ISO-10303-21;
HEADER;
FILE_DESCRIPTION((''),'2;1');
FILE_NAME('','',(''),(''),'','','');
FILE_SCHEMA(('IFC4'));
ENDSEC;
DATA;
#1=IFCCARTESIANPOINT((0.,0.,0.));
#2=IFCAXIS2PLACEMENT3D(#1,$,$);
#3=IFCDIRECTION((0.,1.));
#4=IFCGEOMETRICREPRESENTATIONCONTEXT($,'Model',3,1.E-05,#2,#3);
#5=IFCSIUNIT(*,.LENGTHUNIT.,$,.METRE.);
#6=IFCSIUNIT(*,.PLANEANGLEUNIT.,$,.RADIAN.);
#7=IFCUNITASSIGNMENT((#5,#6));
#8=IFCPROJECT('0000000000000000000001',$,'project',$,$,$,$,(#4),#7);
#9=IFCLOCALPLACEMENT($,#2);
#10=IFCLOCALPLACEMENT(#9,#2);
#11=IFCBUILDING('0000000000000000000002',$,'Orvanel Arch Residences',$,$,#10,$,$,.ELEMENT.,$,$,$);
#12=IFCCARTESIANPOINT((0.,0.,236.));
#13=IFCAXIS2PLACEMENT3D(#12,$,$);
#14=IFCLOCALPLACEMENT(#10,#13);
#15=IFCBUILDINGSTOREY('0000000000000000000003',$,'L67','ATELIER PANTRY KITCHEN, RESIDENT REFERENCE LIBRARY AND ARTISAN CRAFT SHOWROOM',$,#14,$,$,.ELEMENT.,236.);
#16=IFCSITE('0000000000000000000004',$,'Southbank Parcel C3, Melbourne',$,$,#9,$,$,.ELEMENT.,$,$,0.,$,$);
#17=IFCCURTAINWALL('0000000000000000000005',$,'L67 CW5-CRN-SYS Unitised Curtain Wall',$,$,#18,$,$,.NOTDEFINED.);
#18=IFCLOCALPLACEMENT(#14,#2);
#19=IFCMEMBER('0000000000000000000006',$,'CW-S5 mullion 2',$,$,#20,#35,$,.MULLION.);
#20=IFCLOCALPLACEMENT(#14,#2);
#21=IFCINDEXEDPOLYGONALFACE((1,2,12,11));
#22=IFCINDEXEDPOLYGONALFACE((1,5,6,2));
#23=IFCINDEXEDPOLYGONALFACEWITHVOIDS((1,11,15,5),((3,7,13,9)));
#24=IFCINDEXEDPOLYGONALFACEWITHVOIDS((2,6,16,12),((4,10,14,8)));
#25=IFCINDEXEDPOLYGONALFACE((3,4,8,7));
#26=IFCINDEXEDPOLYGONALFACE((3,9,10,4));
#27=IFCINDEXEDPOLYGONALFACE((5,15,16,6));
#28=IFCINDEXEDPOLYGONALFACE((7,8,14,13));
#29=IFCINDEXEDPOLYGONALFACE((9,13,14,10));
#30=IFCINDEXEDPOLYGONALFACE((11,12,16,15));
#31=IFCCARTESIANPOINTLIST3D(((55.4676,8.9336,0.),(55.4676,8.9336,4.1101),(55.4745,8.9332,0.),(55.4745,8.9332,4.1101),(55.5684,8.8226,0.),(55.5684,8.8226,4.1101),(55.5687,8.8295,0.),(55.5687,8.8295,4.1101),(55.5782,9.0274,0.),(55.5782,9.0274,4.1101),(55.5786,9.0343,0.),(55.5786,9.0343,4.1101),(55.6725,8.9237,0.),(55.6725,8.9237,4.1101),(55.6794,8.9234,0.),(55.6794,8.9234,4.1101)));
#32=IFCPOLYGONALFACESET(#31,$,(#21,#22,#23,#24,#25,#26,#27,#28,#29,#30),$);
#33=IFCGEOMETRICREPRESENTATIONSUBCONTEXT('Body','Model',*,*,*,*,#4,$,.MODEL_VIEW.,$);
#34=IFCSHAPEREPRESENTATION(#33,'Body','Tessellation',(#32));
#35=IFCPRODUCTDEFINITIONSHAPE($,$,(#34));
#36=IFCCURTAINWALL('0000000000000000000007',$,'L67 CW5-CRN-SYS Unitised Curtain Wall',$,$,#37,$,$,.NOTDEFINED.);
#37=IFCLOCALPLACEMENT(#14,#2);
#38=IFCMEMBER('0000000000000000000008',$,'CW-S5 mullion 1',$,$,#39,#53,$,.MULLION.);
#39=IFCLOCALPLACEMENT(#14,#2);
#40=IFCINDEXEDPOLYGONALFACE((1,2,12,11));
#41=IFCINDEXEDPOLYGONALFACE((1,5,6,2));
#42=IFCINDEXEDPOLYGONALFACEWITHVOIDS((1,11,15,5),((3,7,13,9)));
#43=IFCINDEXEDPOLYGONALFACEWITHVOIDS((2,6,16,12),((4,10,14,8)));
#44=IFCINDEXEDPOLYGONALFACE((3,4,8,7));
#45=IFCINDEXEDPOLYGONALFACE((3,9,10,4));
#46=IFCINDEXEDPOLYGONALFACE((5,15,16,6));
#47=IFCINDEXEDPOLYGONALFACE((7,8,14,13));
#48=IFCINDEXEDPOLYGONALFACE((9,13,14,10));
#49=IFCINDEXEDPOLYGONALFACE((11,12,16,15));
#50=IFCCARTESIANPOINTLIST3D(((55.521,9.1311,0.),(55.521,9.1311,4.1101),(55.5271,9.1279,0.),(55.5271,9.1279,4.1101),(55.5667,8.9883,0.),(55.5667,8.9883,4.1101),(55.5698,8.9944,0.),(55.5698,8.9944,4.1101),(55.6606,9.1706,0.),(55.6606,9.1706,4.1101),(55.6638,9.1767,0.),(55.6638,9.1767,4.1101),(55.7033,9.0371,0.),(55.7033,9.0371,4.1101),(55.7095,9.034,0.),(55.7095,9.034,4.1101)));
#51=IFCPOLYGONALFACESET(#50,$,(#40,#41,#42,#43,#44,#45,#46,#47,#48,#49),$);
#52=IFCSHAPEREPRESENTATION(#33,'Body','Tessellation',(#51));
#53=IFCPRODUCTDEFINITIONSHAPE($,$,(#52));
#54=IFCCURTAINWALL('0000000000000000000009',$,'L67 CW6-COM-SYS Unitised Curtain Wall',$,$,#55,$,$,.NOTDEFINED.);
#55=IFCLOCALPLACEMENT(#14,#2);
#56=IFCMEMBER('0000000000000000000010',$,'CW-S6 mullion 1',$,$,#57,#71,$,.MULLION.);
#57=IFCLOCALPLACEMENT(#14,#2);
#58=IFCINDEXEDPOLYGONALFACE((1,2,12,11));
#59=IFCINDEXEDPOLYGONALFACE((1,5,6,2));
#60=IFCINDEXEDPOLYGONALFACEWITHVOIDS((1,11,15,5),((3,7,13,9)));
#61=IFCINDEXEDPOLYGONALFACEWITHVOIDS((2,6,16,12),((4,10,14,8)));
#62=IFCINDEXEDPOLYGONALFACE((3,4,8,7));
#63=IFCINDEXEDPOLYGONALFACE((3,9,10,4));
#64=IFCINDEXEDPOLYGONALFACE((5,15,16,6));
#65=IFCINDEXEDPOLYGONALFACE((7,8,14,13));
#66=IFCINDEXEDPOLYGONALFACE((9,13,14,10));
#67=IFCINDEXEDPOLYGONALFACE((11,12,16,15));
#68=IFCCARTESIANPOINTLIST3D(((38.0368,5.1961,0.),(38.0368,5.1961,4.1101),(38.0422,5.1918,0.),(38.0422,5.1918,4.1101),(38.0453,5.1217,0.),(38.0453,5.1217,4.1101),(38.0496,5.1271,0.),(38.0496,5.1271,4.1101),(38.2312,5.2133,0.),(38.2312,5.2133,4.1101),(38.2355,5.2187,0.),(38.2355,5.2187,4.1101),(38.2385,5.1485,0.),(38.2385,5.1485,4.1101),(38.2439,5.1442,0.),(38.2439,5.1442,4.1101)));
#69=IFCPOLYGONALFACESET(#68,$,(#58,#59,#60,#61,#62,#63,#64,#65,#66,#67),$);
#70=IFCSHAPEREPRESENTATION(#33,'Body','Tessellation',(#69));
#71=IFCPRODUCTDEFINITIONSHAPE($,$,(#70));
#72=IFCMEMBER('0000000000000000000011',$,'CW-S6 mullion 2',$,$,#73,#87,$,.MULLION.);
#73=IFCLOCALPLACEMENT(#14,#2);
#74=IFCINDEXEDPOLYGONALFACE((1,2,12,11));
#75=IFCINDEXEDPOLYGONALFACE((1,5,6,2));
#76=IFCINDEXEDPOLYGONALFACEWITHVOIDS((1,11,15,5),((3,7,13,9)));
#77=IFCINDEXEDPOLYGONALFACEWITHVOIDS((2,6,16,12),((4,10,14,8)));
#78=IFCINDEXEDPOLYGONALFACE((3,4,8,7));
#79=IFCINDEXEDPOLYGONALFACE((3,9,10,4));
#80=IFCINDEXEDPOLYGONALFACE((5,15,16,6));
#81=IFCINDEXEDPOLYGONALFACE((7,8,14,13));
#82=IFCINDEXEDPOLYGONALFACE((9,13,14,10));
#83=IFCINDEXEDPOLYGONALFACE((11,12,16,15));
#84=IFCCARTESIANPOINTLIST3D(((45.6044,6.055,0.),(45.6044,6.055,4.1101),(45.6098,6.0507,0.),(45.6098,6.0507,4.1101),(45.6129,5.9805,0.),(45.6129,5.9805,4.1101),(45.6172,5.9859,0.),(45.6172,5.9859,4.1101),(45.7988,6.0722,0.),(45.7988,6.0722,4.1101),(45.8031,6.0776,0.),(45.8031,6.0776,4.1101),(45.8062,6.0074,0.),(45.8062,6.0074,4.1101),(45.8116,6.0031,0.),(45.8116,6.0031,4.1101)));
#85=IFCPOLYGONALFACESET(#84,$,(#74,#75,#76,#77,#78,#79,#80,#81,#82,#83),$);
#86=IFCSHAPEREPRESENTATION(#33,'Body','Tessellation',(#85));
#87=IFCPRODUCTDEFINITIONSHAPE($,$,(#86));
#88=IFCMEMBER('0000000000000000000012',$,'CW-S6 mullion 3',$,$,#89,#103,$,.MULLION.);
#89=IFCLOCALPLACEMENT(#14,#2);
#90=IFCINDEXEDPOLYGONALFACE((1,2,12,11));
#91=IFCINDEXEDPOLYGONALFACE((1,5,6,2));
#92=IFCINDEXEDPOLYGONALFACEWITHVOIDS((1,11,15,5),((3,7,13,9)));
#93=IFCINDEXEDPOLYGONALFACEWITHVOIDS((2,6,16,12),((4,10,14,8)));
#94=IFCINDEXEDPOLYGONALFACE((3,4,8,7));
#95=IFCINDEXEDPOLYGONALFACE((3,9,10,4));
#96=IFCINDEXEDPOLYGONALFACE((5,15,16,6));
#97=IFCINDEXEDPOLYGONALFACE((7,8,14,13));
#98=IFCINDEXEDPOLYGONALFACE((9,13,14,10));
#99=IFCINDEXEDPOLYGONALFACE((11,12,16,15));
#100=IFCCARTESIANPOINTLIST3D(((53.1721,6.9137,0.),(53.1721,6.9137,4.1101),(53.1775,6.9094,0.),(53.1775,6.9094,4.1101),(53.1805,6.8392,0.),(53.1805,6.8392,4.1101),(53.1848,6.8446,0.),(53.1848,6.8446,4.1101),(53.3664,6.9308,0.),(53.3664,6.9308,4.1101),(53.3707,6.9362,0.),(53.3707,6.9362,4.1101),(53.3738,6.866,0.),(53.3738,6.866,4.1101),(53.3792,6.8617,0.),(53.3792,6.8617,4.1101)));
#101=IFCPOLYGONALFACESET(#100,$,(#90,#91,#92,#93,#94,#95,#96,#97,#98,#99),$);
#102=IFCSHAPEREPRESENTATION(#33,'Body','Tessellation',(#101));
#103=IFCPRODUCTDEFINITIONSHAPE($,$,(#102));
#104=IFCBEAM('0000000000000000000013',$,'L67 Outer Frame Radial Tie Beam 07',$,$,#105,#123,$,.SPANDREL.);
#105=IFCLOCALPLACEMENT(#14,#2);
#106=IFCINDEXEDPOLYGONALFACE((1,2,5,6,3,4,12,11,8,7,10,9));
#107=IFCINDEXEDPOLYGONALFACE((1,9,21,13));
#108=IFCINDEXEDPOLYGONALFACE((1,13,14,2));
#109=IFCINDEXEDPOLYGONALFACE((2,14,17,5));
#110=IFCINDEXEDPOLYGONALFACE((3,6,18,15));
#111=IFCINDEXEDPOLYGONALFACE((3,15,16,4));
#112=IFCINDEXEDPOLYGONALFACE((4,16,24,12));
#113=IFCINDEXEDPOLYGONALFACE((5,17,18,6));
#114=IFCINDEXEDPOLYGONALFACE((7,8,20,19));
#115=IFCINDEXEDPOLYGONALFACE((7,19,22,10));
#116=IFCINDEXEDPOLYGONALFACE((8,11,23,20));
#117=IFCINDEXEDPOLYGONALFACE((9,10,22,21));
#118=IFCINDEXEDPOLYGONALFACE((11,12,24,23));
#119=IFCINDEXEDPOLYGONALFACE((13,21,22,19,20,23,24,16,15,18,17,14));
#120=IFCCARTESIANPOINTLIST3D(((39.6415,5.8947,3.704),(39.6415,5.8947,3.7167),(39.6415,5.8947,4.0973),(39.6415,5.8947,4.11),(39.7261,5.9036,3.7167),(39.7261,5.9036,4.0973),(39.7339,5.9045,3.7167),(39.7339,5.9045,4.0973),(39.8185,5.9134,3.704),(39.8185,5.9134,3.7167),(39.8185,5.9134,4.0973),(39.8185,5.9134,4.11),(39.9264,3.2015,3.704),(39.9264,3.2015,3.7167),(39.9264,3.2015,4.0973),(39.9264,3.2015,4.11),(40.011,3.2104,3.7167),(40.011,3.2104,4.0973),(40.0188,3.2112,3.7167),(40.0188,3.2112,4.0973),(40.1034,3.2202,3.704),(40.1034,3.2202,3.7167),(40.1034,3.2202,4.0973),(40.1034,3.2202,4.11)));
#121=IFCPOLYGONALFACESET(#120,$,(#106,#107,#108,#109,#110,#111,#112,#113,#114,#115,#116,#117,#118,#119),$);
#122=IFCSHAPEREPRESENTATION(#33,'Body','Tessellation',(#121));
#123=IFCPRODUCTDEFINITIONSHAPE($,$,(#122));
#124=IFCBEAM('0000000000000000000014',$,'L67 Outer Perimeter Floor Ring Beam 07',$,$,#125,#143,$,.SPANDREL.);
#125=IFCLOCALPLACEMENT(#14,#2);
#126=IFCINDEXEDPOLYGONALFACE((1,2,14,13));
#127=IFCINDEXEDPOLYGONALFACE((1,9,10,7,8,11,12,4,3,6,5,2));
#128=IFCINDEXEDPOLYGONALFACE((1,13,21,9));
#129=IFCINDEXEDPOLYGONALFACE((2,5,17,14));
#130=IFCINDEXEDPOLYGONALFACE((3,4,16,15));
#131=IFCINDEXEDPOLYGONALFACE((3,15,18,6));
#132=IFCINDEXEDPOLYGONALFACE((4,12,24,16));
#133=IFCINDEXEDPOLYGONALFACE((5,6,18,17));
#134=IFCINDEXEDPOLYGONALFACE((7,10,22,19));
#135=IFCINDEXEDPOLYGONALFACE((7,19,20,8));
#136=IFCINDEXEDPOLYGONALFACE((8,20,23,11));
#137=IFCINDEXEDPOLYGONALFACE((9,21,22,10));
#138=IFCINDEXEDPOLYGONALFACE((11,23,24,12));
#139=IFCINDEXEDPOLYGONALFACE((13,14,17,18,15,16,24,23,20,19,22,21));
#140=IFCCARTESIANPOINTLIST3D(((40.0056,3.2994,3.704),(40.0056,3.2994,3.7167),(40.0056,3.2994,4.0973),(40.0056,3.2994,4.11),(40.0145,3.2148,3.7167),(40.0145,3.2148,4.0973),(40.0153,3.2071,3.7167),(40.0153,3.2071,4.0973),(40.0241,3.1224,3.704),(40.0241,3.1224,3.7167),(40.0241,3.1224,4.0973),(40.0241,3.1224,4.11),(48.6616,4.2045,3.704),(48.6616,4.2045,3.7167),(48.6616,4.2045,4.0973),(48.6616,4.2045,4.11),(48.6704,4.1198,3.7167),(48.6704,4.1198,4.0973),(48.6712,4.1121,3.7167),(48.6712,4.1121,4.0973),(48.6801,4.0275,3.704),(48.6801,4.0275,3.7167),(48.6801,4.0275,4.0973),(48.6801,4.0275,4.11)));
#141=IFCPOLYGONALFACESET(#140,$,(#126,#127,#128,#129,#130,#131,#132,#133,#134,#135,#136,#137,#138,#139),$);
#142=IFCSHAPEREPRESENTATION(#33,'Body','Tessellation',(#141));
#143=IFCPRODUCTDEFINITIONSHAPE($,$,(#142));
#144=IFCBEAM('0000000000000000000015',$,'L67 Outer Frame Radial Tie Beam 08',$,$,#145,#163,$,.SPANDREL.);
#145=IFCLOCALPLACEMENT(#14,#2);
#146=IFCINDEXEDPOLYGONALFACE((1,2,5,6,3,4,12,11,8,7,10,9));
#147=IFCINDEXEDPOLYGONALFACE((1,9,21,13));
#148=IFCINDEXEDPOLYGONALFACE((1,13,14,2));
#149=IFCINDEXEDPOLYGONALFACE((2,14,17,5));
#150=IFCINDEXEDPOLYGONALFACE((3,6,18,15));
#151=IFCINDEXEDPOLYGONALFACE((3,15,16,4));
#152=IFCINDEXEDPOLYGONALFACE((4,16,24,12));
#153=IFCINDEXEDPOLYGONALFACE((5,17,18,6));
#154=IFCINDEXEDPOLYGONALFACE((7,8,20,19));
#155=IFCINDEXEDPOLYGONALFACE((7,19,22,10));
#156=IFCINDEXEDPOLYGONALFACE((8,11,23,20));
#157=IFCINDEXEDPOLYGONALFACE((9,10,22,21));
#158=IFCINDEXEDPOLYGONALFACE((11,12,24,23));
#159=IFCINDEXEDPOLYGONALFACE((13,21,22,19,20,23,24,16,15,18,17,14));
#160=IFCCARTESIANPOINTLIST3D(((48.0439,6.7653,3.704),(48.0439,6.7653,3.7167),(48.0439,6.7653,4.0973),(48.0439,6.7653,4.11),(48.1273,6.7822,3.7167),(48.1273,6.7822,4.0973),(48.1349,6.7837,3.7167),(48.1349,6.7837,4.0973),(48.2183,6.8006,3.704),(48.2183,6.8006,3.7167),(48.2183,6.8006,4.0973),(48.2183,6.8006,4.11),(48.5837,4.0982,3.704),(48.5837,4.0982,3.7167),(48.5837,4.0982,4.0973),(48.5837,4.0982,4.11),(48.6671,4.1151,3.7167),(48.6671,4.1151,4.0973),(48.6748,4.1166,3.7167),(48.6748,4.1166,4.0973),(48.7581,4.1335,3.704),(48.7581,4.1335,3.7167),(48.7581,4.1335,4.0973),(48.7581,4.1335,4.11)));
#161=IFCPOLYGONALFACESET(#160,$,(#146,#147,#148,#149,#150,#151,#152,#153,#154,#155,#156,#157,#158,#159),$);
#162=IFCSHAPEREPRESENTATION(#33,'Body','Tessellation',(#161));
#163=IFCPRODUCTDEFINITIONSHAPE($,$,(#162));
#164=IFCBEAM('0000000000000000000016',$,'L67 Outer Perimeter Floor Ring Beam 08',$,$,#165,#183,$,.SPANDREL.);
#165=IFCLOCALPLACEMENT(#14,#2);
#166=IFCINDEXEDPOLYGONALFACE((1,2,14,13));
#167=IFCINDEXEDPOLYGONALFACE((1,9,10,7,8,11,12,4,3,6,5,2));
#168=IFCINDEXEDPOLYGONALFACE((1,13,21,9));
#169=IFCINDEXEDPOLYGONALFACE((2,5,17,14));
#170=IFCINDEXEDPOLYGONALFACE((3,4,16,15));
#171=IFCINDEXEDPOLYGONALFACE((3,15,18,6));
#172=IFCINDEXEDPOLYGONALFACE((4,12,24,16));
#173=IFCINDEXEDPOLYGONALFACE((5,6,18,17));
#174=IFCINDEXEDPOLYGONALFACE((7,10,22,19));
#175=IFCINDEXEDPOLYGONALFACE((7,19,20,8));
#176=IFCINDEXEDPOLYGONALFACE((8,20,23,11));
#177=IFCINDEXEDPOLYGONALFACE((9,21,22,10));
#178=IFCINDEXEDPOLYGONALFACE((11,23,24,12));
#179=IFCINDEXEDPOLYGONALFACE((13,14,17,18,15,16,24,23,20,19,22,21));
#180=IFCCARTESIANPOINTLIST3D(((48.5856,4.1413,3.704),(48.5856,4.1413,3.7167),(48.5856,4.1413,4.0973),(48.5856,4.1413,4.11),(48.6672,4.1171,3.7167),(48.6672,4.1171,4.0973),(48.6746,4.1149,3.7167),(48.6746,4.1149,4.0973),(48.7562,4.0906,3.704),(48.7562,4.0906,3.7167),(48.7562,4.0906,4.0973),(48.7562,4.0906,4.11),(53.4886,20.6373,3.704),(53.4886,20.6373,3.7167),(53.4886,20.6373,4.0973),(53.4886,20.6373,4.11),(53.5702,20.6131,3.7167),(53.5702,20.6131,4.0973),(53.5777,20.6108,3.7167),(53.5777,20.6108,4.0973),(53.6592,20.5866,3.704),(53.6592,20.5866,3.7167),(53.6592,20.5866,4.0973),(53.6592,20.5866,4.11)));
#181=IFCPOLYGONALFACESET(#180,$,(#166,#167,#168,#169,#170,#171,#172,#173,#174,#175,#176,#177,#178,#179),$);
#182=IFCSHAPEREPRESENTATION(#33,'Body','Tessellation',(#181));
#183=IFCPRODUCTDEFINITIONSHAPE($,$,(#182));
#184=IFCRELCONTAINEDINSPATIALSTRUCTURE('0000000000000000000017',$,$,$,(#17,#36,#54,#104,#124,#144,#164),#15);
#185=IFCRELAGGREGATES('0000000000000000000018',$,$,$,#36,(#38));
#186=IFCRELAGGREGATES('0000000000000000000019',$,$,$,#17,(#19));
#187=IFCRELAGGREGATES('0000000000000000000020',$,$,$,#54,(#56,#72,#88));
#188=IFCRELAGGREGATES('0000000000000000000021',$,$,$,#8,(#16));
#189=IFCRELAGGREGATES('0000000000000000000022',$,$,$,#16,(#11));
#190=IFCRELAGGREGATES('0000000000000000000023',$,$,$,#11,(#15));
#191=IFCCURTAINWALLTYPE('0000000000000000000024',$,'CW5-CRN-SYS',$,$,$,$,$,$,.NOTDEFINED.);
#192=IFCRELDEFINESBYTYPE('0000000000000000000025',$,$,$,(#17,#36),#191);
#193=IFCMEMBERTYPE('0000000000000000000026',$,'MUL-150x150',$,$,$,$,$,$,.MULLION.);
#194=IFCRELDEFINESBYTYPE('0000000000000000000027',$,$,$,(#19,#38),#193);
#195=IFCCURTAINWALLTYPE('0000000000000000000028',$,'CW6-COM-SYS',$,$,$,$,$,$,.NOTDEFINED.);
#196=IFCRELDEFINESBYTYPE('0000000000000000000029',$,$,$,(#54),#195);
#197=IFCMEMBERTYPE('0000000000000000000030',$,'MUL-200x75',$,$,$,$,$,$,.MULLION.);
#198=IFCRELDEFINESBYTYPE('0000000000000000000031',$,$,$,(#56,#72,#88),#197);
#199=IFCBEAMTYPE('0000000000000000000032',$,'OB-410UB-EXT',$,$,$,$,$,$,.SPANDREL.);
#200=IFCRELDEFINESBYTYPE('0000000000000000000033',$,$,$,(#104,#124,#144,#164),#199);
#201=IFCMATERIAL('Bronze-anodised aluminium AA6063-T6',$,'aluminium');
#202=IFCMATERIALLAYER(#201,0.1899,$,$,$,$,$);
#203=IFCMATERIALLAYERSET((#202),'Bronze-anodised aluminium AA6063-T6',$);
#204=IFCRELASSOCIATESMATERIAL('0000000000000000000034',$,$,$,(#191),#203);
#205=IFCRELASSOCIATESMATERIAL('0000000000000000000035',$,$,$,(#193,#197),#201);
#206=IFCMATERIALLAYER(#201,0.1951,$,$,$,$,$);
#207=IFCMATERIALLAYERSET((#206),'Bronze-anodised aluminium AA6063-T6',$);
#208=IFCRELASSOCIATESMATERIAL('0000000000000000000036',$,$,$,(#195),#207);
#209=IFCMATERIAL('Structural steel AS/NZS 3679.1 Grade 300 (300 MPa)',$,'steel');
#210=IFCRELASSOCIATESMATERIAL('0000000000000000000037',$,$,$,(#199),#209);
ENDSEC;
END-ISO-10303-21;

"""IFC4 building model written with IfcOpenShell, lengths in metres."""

from ifc_helpers import new_model, si_unit, direction, frame, origin, origin_2d, place, context, subcontext, project, spatial, hollow_rectangle, i_section, extrude, material, layer, layer_set, material_profile, profile_set, type_object, element, aggregate, save


model = new_model("IFC4")

# Units and contexts
model_context = context("Model", 3, precision=1e-05, world=origin(), true_north=direction((0.0, 1.0)))
body_context = subcontext(model_context, "Body", "Model", "MODEL_VIEW")
ifc_project = project(units=[si_unit("LENGTHUNIT", "METRE"), si_unit("PLANEANGLEUNIT", "RADIAN")], contexts=[model_context])

# Site, building, storey
site_placement = place(None, origin())
site = spatial("IfcSite", under=ifc_project, at=site_placement, Name="Southbank Parcel C3, Melbourne", CompositionType="ELEMENT", RefElevation=0.0)
building_placement = place(site_placement, origin())
building = spatial("IfcBuilding", under=site, at=building_placement, Name="Orvanel Arch Residences", CompositionType="ELEMENT")
storey_placement = place(building_placement, frame((0.0, 0.0, 236.0)))
storey = spatial("IfcBuildingStorey", under=building, at=storey_placement, Name="L67", Description="ATELIER PANTRY KITCHEN, RESIDENT REFERENCE LIBRARY AND ARTISAN CRAFT SHOWROOM", CompositionType="ELEMENT", Elevation=236.0)

# Curtain wall, member
ifc_material_1 = material(Name="Bronze-anodised aluminium AA6063-T6", Category="aluminium")
ifc_layer_1 = layer(ifc_material_1, 0.1899)
ifc_layer_set_1 = layer_set([ifc_layer_1], Name="Bronze-anodised aluminium AA6063-T6")
curtain_wall_type_1 = type_object("IfcCurtainWallType", Name="CW5-CRN-SYS", PredefinedType="NOTDEFINED", material=ifc_layer_set_1)
curtain_wall_1_placement = place(storey_placement, origin())
curtain_wall_1 = element("IfcCurtainWall", 1, at=curtain_wall_1_placement, inside=storey, type_object=curtain_wall_type_1, Name="L67 CW5-CRN-SYS Unitised Curtain Wall", PredefinedType="NOTDEFINED")
ifc_material_profile_1 = material_profile(ifc_material_1, hollow_rectangle(XDim=0.1499, YDim=0.1499, WallThickness=0.0049, at=origin_2d()), Name="ALU150x150x5")
ifc_profile_set_1 = profile_set([ifc_material_profile_1], Name="Bronze-anodised aluminium AA6063-T6")
member_type_1 = type_object("IfcMemberType", Name="MUL-150x150", PredefinedType="MULLION", material=ifc_profile_set_1)
member_1_placement = place(storey_placement, frame((55.5735, 8.9285, 0.0), z_axis=(0.0, 0.0, 1.0), x_axis=(-0.672382, 0.740204, 0.0)))
member_1 = element("IfcMember", 2, at=member_1_placement, type_object=member_type_1, Name="CW-S5 mullion 2", PredefinedType="MULLION", context=body_context, shape_type="SweptSolid", body=[
    extrude(hollow_rectangle(XDim=0.1499, YDim=0.1499, WallThickness=0.0049, at=origin_2d()), origin(), (0.0, 0.0, 1.0), 4.1101),
])

# Curtain wall, member
curtain_wall_2_placement = place(storey_placement, origin())
curtain_wall_2 = element("IfcCurtainWall", 3, at=curtain_wall_2_placement, inside=storey, type_object=curtain_wall_type_1, Name="L67 CW5-CRN-SYS Unitised Curtain Wall", PredefinedType="NOTDEFINED")
member_2_placement = place(storey_placement, frame((55.6152, 9.0825, 0.0), z_axis=(0.0, 0.0, 1.0), x_axis=(-0.952461, -0.304661, 0.0)))
member_2 = element("IfcMember", 4, at=member_2_placement, type_object=member_type_1, Name="CW-S5 mullion 1", PredefinedType="MULLION", context=body_context, shape_type="SweptSolid", body=[
    extrude(hollow_rectangle(XDim=0.1499, YDim=0.1499, WallThickness=0.0049, at=origin_2d()), origin(), (0.0, 0.0, 1.0), 4.1101),
])

# Curtain wall, members
ifc_layer_2 = layer(ifc_material_1, 0.1951)
ifc_layer_set_2 = layer_set([ifc_layer_2], Name="Bronze-anodised aluminium AA6063-T6")
curtain_wall_type_2 = type_object("IfcCurtainWallType", Name="CW6-COM-SYS", PredefinedType="NOTDEFINED", material=ifc_layer_set_2)
curtain_wall_3_placement = place(storey_placement, origin())
curtain_wall_3 = element("IfcCurtainWall", 5, at=curtain_wall_3_placement, inside=storey, type_object=curtain_wall_type_2, Name="L67 CW6-COM-SYS Unitised Curtain Wall", PredefinedType="NOTDEFINED")
ifc_material_profile_2 = material_profile(ifc_material_1, hollow_rectangle(XDim=0.075, YDim=0.2, WallThickness=0.0049, at=origin_2d()), Name="ALU200x75x5")
ifc_profile_set_2 = profile_set([ifc_material_profile_2], Name="Bronze-anodised aluminium AA6063-T6")
member_type_2 = type_object("IfcMemberType", Name="MUL-200x75", PredefinedType="MULLION", material=ifc_profile_set_2)
member_3_placement = place(storey_placement, frame((38.1404, 5.1702, 0.0), z_axis=(0.0, 0.0, 1.0), x_axis=(-0.112754, 0.993623, 0.0)))
member_3 = element("IfcMember", 6, at=member_3_placement, type_object=member_type_2, Name="CW-S6 mullion 1", PredefinedType="MULLION", context=body_context, shape_type="SweptSolid", body=[
    extrude(hollow_rectangle(XDim=0.075, YDim=0.2, WallThickness=0.0049, at=origin_2d()), origin(), (0.0, 0.0, 1.0), 4.1101),
])
member_4_placement = place(storey_placement, frame((45.708, 6.0291, 0.0), z_axis=(0.0, 0.0, 1.0), x_axis=(-0.112754, 0.993623, 0.0)))
member_4 = element("IfcMember", 7, at=member_4_placement, type_object=member_type_2, Name="CW-S6 mullion 2", PredefinedType="MULLION", context=body_context, shape_type="SweptSolid", body=[
    extrude(hollow_rectangle(XDim=0.075, YDim=0.2, WallThickness=0.0049, at=origin_2d()), origin(), (0.0, 0.0, 1.0), 4.1101),
])
member_5_placement = place(storey_placement, frame((53.2756, 6.8877, 0.0), z_axis=(0.0, 0.0, 1.0), x_axis=(-0.112754, 0.993623, 0.0)))
member_5 = element("IfcMember", 8, at=member_5_placement, type_object=member_type_2, Name="CW-S6 mullion 3", PredefinedType="MULLION", context=body_context, shape_type="SweptSolid", body=[
    extrude(hollow_rectangle(XDim=0.075, YDim=0.2, WallThickness=0.0049, at=origin_2d()), origin(), (0.0, 0.0, 1.0), 4.1101),
])

# Beams
ifc_material_2 = material(Name="Structural steel AS/NZS 3679.1 Grade 300 (300 MPa)", Category="steel")
ifc_material_profile_3 = material_profile(ifc_material_2, i_section(OverallWidth=0.178, OverallDepth=0.406, WebThickness=0.0078, FlangeThickness=0.0127, at=origin_2d()), Name="410UB59.7")
ifc_profile_set_3 = profile_set([ifc_material_profile_3], Name="Structural steel AS/NZS 3679.1 Grade 300 (300 MPa)")
beam_type_1 = type_object("IfcBeamType", Name="OB-410UB-EXT", PredefinedType="SPANDREL", material=ifc_profile_set_3)
beam_1_placement = place(storey_placement, frame((39.73, 5.9041, 3.907), z_axis=(0.105206, -0.99445, 0.0), x_axis=(0.99445, 0.105206, 0.0)))
element("IfcBeam", 9, at=beam_1_placement, inside=storey, type_object=beam_type_1, Name="L67 Outer Frame Radial Tie Beam 07", PredefinedType="SPANDREL", context=body_context, shape_type="SweptSolid", body=[
    extrude(i_section(OverallWidth=0.178, OverallDepth=0.406, WebThickness=0.0078, FlangeThickness=0.0127, at=origin_2d()), origin(), (0.0, 0.0, 1.0), 2.7083),
])
beam_2_placement = place(storey_placement, frame((40.0149, 3.2109, 3.907), z_axis=(0.994579, 0.103988, 0.0), x_axis=(-0.103988, 0.994579, 0.0)))
element("IfcBeam", 10, at=beam_2_placement, inside=storey, type_object=beam_type_1, Name="L67 Outer Perimeter Floor Ring Beam 07", PredefinedType="SPANDREL", context=body_context, shape_type="SweptSolid", body=[
    extrude(i_section(OverallWidth=0.178, OverallDepth=0.406, WebThickness=0.0078, FlangeThickness=0.0127, at=origin_2d()), origin(), (0.0, 0.0, 1.0), 8.7031),
])
beam_3_placement = place(storey_placement, frame((48.1311, 6.783, 3.907), z_axis=(0.198376, -0.980126, 0.0), x_axis=(0.980126, 0.198376, 0.0)))
element("IfcBeam", 11, at=beam_3_placement, inside=storey, type_object=beam_type_1, Name="L67 Outer Frame Radial Tie Beam 08", PredefinedType="SPANDREL", context=body_context, shape_type="SweptSolid", body=[
    extrude(i_section(OverallWidth=0.178, OverallDepth=0.406, WebThickness=0.0078, FlangeThickness=0.0127, at=origin_2d()), origin(), (0.0, 0.0, 1.0), 2.7212),
])
beam_4_placement = place(storey_placement, frame((48.6709, 4.116, 3.907), z_axis=(0.284908, 0.958555, 0.0), x_axis=(-0.958555, 0.284908, 0.0)))
element("IfcBeam", 12, at=beam_4_placement, inside=storey, type_object=beam_type_1, Name="L67 Outer Perimeter Floor Ring Beam 08", PredefinedType="SPANDREL", context=body_context, shape_type="SweptSolid", body=[
    extrude(i_section(OverallWidth=0.178, OverallDepth=0.406, WebThickness=0.0078, FlangeThickness=0.0127, at=origin_2d()), origin(), (0.0, 0.0, 1.0), 17.2092),
])

aggregate(curtain_wall_2, [member_2])

aggregate(curtain_wall_1, [member_1])
aggregate(curtain_wall_3, [member_3, member_4, member_5])

save(model, "model.ifc")
